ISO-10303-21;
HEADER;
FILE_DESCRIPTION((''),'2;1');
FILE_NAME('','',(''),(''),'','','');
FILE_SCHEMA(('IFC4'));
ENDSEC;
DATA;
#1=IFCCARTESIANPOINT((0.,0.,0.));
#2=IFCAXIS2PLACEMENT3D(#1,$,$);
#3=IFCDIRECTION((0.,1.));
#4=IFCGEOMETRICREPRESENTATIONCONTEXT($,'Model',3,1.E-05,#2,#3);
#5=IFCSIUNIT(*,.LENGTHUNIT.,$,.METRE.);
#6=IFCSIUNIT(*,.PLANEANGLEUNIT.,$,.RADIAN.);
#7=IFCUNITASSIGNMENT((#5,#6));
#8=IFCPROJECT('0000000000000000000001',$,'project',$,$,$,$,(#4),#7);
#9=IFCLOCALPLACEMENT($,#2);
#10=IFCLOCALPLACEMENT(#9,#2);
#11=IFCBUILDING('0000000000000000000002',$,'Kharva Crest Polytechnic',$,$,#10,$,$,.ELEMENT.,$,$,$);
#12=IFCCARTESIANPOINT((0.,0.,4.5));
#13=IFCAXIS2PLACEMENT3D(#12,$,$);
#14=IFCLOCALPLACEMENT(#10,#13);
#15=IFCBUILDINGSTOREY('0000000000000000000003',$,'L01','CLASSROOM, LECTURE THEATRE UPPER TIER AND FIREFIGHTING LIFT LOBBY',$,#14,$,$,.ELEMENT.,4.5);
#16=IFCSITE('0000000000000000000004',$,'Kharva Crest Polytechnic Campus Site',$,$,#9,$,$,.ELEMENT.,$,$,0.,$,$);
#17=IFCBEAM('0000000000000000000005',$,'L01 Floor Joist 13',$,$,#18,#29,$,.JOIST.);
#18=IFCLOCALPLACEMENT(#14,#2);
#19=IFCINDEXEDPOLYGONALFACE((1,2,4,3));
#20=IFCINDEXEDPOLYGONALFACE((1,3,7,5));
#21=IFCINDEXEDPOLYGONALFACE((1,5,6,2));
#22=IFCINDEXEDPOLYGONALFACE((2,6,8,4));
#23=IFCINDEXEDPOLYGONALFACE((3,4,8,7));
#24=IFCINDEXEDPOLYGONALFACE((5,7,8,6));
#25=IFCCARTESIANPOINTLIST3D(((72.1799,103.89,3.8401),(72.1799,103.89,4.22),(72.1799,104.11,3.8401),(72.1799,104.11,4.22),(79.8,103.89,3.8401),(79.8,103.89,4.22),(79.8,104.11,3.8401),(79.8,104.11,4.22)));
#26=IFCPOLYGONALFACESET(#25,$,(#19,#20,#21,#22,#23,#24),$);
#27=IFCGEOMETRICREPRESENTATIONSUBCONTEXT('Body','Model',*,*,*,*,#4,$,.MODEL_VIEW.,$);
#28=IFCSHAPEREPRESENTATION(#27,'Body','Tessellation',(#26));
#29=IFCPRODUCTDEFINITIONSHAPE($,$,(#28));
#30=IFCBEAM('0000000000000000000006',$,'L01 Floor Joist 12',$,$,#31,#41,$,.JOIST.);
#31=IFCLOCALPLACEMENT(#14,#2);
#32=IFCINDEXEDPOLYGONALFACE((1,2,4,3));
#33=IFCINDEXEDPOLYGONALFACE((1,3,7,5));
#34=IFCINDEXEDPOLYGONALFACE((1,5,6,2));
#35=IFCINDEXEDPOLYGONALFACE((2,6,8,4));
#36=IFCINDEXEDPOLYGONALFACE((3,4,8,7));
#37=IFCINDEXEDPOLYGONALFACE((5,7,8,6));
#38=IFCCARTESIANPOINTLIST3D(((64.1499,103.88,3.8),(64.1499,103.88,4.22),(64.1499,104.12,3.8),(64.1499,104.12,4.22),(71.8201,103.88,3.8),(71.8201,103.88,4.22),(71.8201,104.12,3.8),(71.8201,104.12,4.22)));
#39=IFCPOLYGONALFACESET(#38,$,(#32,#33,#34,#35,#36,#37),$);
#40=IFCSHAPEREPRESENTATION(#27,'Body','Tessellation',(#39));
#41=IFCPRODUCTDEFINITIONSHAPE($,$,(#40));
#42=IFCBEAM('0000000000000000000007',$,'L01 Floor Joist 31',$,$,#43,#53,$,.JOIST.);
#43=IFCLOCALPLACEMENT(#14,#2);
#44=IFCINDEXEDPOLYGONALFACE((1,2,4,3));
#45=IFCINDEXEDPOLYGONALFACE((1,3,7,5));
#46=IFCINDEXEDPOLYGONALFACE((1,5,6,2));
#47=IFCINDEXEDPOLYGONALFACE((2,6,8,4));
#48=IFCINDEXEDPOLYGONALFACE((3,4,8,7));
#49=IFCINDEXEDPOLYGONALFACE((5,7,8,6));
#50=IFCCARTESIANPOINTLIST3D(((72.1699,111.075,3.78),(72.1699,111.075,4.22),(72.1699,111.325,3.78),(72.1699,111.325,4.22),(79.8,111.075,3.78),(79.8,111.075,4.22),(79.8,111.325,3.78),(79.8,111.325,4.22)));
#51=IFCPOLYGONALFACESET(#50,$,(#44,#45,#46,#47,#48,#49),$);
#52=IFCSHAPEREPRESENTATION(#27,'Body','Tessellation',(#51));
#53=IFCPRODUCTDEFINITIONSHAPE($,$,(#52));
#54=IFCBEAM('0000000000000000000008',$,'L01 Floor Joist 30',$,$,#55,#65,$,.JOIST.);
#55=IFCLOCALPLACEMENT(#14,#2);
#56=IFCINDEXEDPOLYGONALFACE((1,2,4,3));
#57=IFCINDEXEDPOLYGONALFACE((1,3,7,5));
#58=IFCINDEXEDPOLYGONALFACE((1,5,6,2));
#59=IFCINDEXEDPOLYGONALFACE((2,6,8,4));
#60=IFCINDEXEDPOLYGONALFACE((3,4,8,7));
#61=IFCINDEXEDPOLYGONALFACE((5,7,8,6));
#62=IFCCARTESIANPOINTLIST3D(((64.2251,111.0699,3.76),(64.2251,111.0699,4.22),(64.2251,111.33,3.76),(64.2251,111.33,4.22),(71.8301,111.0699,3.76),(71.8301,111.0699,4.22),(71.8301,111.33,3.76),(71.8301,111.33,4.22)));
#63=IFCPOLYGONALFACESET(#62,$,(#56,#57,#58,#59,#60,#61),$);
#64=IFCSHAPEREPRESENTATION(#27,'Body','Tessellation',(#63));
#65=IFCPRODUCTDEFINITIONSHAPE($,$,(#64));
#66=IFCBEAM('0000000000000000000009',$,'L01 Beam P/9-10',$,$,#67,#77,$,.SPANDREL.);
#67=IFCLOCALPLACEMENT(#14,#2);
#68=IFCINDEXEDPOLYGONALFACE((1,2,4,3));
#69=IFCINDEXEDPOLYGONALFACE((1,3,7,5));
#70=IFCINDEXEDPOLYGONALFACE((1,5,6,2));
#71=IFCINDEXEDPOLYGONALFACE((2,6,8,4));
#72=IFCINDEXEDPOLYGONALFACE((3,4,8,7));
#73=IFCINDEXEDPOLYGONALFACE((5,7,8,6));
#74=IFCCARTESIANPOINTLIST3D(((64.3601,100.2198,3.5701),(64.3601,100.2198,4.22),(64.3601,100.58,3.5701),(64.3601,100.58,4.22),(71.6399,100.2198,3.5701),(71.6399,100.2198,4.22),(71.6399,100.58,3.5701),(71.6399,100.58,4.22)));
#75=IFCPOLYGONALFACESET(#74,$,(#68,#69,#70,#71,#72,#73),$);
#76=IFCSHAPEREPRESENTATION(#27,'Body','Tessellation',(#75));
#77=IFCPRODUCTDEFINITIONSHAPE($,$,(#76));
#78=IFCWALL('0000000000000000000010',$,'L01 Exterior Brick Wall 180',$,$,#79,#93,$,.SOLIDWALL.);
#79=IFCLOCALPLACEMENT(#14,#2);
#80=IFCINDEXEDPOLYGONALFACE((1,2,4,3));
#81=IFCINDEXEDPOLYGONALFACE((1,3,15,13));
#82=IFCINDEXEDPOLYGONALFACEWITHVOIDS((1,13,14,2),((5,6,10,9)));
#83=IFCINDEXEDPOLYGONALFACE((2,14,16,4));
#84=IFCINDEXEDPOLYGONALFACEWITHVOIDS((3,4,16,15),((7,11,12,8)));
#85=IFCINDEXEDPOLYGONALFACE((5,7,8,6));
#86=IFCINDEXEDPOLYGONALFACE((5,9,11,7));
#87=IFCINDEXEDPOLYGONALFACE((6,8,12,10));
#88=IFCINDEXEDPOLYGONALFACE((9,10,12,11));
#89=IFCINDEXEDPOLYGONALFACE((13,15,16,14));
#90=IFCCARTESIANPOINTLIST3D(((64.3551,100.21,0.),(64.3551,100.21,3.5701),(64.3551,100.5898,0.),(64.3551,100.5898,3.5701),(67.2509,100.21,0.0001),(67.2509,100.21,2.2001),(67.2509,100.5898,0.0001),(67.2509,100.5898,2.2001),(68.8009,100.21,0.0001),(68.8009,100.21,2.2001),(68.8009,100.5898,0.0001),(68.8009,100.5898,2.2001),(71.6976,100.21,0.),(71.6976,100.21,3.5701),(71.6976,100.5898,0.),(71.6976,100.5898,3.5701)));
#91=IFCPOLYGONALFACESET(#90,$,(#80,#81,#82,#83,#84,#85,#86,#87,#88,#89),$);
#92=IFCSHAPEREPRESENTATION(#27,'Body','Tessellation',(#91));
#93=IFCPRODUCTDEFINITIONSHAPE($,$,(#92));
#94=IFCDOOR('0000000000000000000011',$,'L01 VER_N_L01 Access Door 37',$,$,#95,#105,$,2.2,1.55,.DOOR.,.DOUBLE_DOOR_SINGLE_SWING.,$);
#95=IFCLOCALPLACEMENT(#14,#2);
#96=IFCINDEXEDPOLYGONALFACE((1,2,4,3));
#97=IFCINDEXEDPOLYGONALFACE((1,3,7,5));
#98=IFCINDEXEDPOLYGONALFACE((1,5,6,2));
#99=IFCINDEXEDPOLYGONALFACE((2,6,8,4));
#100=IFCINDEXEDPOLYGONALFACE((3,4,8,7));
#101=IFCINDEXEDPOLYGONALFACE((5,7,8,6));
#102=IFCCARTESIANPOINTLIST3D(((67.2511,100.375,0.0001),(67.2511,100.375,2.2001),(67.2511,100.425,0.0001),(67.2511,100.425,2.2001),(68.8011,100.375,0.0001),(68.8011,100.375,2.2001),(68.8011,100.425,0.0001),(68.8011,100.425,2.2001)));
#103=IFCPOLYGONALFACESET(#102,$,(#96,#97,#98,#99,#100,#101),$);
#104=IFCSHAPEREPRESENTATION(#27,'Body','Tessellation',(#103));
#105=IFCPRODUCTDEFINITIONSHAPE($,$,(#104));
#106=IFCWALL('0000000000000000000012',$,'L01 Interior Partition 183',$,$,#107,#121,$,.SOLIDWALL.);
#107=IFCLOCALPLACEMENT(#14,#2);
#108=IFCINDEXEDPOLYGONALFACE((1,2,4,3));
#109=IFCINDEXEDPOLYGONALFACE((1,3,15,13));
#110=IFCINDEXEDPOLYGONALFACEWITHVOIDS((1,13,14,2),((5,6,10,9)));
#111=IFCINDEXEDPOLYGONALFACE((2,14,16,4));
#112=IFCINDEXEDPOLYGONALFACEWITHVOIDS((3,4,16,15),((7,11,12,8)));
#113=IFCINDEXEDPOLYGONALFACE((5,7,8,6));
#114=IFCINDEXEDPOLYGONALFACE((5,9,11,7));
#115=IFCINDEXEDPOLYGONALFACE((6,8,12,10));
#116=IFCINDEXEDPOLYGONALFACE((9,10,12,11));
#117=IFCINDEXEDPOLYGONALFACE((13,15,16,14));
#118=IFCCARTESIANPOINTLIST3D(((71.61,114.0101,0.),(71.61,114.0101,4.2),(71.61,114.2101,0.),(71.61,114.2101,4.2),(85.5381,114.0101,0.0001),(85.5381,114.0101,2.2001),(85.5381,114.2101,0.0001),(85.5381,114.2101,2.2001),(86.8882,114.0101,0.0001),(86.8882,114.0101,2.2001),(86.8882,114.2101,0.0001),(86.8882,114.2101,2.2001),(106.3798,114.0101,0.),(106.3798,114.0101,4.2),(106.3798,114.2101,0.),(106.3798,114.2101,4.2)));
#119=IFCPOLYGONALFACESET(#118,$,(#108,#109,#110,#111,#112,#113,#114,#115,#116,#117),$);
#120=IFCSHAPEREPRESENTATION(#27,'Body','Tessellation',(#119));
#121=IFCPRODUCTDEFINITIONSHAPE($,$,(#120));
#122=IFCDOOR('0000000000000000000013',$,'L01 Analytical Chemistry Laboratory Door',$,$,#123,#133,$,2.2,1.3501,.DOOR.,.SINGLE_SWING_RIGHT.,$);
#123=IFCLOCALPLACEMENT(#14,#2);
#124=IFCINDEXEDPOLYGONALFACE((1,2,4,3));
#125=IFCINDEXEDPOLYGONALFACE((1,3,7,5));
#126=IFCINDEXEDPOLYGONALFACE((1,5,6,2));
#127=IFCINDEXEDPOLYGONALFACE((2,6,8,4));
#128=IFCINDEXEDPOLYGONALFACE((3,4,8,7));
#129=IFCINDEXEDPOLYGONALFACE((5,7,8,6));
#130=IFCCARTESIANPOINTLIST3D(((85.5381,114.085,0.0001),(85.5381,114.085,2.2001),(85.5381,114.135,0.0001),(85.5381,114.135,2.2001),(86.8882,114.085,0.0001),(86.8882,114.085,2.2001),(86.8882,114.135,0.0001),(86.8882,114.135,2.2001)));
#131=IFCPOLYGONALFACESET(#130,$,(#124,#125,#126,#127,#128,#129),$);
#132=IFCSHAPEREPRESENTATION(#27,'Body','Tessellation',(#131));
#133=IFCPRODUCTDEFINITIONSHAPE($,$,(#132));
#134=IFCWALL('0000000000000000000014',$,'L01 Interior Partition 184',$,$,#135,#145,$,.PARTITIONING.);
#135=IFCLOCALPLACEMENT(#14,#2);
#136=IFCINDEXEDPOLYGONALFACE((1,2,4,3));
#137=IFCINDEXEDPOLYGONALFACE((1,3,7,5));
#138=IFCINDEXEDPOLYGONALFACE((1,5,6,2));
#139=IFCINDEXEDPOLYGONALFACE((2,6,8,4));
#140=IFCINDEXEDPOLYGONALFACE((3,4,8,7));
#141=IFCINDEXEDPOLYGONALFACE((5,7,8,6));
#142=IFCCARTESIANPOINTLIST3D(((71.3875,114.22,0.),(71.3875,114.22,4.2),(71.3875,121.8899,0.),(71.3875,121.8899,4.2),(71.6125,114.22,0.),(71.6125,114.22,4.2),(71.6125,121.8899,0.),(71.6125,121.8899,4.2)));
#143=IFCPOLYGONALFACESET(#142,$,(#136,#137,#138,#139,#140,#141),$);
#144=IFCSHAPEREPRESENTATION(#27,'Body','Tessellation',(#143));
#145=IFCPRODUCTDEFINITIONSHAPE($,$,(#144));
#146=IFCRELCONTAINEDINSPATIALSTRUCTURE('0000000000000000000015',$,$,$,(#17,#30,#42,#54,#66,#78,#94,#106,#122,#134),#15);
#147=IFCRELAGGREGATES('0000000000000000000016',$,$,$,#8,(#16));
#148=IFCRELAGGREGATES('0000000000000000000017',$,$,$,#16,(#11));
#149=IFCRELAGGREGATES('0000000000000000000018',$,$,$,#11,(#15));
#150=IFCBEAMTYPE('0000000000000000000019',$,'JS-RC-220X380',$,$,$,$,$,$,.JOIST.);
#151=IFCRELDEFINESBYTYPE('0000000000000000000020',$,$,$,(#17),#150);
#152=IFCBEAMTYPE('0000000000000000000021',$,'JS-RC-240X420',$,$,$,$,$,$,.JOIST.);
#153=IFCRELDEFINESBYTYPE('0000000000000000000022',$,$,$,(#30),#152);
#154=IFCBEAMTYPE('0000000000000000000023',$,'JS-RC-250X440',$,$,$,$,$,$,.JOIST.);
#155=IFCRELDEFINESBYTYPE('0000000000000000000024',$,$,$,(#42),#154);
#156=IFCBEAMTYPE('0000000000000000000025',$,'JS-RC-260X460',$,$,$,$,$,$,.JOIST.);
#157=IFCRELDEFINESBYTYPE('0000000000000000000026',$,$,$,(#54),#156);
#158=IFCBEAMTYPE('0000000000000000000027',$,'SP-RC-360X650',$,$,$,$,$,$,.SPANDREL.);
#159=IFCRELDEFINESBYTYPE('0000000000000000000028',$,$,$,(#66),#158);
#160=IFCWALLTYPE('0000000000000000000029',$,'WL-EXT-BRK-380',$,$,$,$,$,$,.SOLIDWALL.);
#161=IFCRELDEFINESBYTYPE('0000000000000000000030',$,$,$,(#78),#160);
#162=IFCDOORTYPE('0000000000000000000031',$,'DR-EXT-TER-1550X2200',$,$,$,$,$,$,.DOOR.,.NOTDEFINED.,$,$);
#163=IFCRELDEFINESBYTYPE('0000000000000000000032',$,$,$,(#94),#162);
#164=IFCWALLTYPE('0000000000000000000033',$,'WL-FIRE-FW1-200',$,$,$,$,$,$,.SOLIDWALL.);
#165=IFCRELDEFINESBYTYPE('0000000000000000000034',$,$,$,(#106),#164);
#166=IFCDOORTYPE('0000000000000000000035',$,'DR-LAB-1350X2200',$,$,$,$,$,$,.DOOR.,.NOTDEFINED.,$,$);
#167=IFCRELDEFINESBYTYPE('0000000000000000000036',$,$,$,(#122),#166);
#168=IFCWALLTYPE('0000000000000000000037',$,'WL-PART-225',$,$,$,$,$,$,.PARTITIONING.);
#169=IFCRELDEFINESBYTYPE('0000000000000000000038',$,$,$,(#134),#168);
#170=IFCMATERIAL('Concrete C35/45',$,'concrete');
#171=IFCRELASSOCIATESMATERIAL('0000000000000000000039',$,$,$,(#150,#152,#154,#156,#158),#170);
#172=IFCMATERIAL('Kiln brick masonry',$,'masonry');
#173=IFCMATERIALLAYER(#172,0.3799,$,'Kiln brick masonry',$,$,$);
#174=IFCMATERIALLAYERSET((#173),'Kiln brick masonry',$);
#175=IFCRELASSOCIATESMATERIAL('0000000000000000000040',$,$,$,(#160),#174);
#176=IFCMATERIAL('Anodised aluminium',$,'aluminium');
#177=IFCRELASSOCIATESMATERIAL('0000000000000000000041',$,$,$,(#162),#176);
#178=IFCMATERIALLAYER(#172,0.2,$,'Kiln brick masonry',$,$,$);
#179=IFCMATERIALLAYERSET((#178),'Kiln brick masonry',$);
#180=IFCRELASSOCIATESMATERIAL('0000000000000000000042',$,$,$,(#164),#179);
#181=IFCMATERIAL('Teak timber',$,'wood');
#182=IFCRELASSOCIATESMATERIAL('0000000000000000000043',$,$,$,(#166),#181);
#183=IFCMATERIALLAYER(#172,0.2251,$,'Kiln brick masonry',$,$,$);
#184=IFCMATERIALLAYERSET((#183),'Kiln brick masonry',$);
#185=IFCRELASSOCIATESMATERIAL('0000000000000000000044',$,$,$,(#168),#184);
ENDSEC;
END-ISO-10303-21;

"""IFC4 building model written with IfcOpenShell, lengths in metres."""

from ifc_helpers import new_model, si_unit, direction, frame, frame_2d, origin, origin_2d, place, context, subcontext, project, spatial, rectangle, extrude, material, layer, layer_set, material_profile, profile_set, type_object, element, fill, save


model = new_model("IFC4")

# Units and contexts
model_context = context("Model", 3, precision=1e-05, world=origin(), true_north=direction((0.0, 1.0)))
body_context = subcontext(model_context, "Body", "Model", "MODEL_VIEW")
ifc_project = project(units=[si_unit("LENGTHUNIT", "METRE"), si_unit("PLANEANGLEUNIT", "RADIAN")], contexts=[model_context])

# Site, building, storey
site_placement = place(None, origin())
site = spatial("IfcSite", under=ifc_project, at=site_placement, Name="Kharva Crest Polytechnic Campus Site", CompositionType="ELEMENT", RefElevation=0.0)
building_placement = place(site_placement, origin())
building = spatial("IfcBuilding", under=site, at=building_placement, Name="Kharva Crest Polytechnic", CompositionType="ELEMENT")
storey_placement = place(building_placement, frame((0.0, 0.0, 4.5)))
storey = spatial("IfcBuildingStorey", under=building, at=storey_placement, Name="L01", Description="CLASSROOM, LECTURE THEATRE UPPER TIER AND FIREFIGHTING LIFT LOBBY", CompositionType="ELEMENT", Elevation=4.5)

# Beams
ifc_material_1 = material(Name="Concrete C35/45", Category="concrete")
ifc_material_profile_1 = material_profile(ifc_material_1, rectangle(XDim=0.22, YDim=0.3799, at=origin_2d()), Name="RECT 220 X 380")
ifc_profile_set_1 = profile_set([ifc_material_profile_1], Name="Concrete C35/45")
beam_type_1 = type_object("IfcBeamType", Name="JS-RC-220X380", PredefinedType="JOIST", material=ifc_profile_set_1)
beam_1_placement = place(storey_placement, frame((72.1799, 104.0, 4.03), z_axis=(1.0, 0.0, 0.0), x_axis=(0.0, 1.0, 0.0)))
element("IfcBeam", 1, at=beam_1_placement, inside=storey, type_object=beam_type_1, Name="L01 Floor Joist 13", PredefinedType="JOIST", context=body_context, shape_type="SweptSolid", body=[
    extrude(rectangle(XDim=0.22, YDim=0.3799, at=origin_2d()), origin(), (0.0, 0.0, 1.0), 7.6201),
])
ifc_material_profile_2 = material_profile(ifc_material_1, rectangle(XDim=0.24, YDim=0.4199, at=origin_2d()), Name="RECT 240 X 420")
ifc_profile_set_2 = profile_set([ifc_material_profile_2], Name="Concrete C35/45")
beam_type_2 = type_object("IfcBeamType", Name="JS-RC-240X420", PredefinedType="JOIST", material=ifc_profile_set_2)
beam_2_placement = place(storey_placement, frame((64.1499, 104.0, 4.01), z_axis=(1.0, 0.0, 0.0), x_axis=(0.0, 1.0, 0.0)))
element("IfcBeam", 2, at=beam_2_placement, inside=storey, type_object=beam_type_2, Name="L01 Floor Joist 12", PredefinedType="JOIST", context=body_context, shape_type="SweptSolid", body=[
    extrude(rectangle(XDim=0.24, YDim=0.4199, at=origin_2d()), origin(), (0.0, 0.0, 1.0), 7.6702),
])
ifc_material_profile_3 = material_profile(ifc_material_1, rectangle(XDim=0.25, YDim=0.4399, at=origin_2d()), Name="RECT 250 X 440")
ifc_profile_set_3 = profile_set([ifc_material_profile_3], Name="Concrete C35/45")
beam_type_3 = type_object("IfcBeamType", Name="JS-RC-250X440", PredefinedType="JOIST", material=ifc_profile_set_3)
beam_3_placement = place(storey_placement, frame((72.1699, 111.2, 4.0), z_axis=(1.0, 0.0, 0.0), x_axis=(0.0, 1.0, 0.0)))
element("IfcBeam", 3, at=beam_3_placement, inside=storey, type_object=beam_type_3, Name="L01 Floor Joist 31", PredefinedType="JOIST", context=body_context, shape_type="SweptSolid", body=[
    extrude(rectangle(XDim=0.25, YDim=0.4399, at=origin_2d()), origin(), (0.0, 0.0, 1.0), 7.6301),
])
ifc_material_profile_4 = material_profile(ifc_material_1, rectangle(XDim=0.26, YDim=0.46, at=origin_2d()), Name="RECT 260 X 460")
ifc_profile_set_4 = profile_set([ifc_material_profile_4], Name="Concrete C35/45")
beam_type_4 = type_object("IfcBeamType", Name="JS-RC-260X460", PredefinedType="JOIST", material=ifc_profile_set_4)
beam_4_placement = place(storey_placement, frame((64.2251, 111.2, 3.99), z_axis=(1.0, 0.0, 0.0), x_axis=(0.0, 1.0, 0.0)))
element("IfcBeam", 4, at=beam_4_placement, inside=storey, type_object=beam_type_4, Name="L01 Floor Joist 30", PredefinedType="JOIST", context=body_context, shape_type="SweptSolid", body=[
    extrude(rectangle(XDim=0.26, YDim=0.46, at=origin_2d()), origin(), (0.0, 0.0, 1.0), 7.605),
])
ifc_material_profile_5 = material_profile(ifc_material_1, rectangle(XDim=0.3601, YDim=0.6499, at=origin_2d()), Name="RECT 360 X 650")
ifc_profile_set_5 = profile_set([ifc_material_profile_5], Name="Concrete C35/45")
beam_type_5 = type_object("IfcBeamType", Name="SP-RC-360X650", PredefinedType="SPANDREL", material=ifc_profile_set_5)
beam_5_placement = place(storey_placement, frame((64.3601, 100.3999, 3.895), z_axis=(1.0, 0.0, 0.0), x_axis=(0.0, 1.0, 0.0)))
element("IfcBeam", 5, at=beam_5_placement, inside=storey, type_object=beam_type_5, Name="L01 Beam P/9-10", PredefinedType="SPANDREL", context=body_context, shape_type="SweptSolid", body=[
    extrude(rectangle(XDim=0.3601, YDim=0.6499, at=origin_2d()), origin(), (0.0, 0.0, 1.0), 7.2798),
])

# Walls, openings, doors
ifc_material_2 = material(Name="Kiln brick masonry", Category="masonry")
ifc_layer_1 = layer(ifc_material_2, 0.3799, Name="Kiln brick masonry")
ifc_layer_set_1 = layer_set([ifc_layer_1], Name="Kiln brick masonry")
wall_type_1 = type_object("IfcWallType", Name="WL-EXT-BRK-380", PredefinedType="SOLIDWALL", material=ifc_layer_set_1)
wall_1_placement = place(storey_placement, frame((64.355, 100.3999, 0.0), z_axis=(0.0, 0.0, 1.0), x_axis=(1.0, 0.0, 0.0)))
wall_1 = element("IfcWall", 6, at=wall_1_placement, inside=storey, type_object=wall_type_1, Name="L01 Exterior Brick Wall 180", PredefinedType="SOLIDWALL", context=body_context, shape_type="SweptSolid", body=[
    extrude(rectangle(XDim=7.3425, YDim=0.3799, at=frame_2d((3.6714, 0.0))), origin(), (0.0, 0.0, 1.0), 3.5701),
])
opening_1_placement = place(wall_1_placement, frame((2.896, 0.0, 0.0)))
opening_1 = element("IfcOpeningElement", 7, at=opening_1_placement, cuts=wall_1, PredefinedType="OPENING", context=body_context, shape_type="SweptSolid", body=[
    extrude(rectangle(XDim=1.55, YDim=2.2, at=frame_2d((0.7749, 1.1001))), frame((0.0, 0.2, 0.0), z_axis=(0.0, -1.0, 0.0), x_axis=(1.0, 0.0, 0.0)), (0.0, 0.0, 1.0), 0.3999),
])
ifc_material_3 = material(Name="Anodised aluminium", Category="aluminium")
door_type_1 = type_object("IfcDoorType", Name="DR-EXT-TER-1550X2200", OperationType="NOTDEFINED", PredefinedType="DOOR", material=ifc_material_3)
door_1_placement = place(opening_1_placement, frame((1.55, 0.0, 0.0), z_axis=(0.0, 0.0, 1.0), x_axis=(-1.0, 0.0, 0.0)))
door_1 = element("IfcDoor", 8, at=door_1_placement, inside=storey, type_object=door_type_1, Name="L01 VER_N_L01 Access Door 37", OperationType="DOUBLE_DOOR_SINGLE_SWING", OverallHeight=2.2, OverallWidth=1.55, PredefinedType="DOOR", context=body_context, shape_type="SweptSolid", body=[
    extrude(rectangle(XDim=1.55, YDim=2.2, at=frame_2d((0.7749, 1.1001))), frame((0.0, 0.0249, 0.0), z_axis=(0.0, -1.0, 0.0), x_axis=(1.0, 0.0, 0.0)), (0.0, 0.0, 1.0), 0.05),
])
fill(opening_1, door_1)
ifc_layer_2 = layer(ifc_material_2, 0.2, Name="Kiln brick masonry")
ifc_layer_set_2 = layer_set([ifc_layer_2], Name="Kiln brick masonry")
wall_type_2 = type_object("IfcWallType", Name="WL-FIRE-FW1-200", PredefinedType="SOLIDWALL", material=ifc_layer_set_2)
wall_2_placement = place(storey_placement, frame((71.6101, 114.1101, 0.0), z_axis=(0.0, 0.0, 1.0), x_axis=(1.0, 0.0, 0.0)))
wall_2 = element("IfcWall", 9, at=wall_2_placement, inside=storey, type_object=wall_type_2, Name="L01 Interior Partition 183", PredefinedType="SOLIDWALL", context=body_context, shape_type="SweptSolid", body=[
    extrude(rectangle(XDim=34.7698, YDim=0.2, at=frame_2d((17.3848, 0.0))), origin(), (0.0, 0.0, 1.0), 4.2),
])
opening_2_placement = place(wall_2_placement, frame((13.928, 0.0, 0.0)))
opening_2 = element("IfcOpeningElement", 10, at=opening_2_placement, cuts=wall_2, PredefinedType="OPENING", context=body_context, shape_type="SweptSolid", body=[
    extrude(rectangle(XDim=1.3501, YDim=2.2, at=frame_2d((0.675, 1.1001))), frame((0.0, 0.1099, 0.0), z_axis=(0.0, -1.0, 0.0), x_axis=(1.0, 0.0, 0.0)), (0.0, 0.0, 1.0), 0.22),
])
ifc_material_4 = material(Name="Teak timber", Category="wood")
door_type_2 = type_object("IfcDoorType", Name="DR-LAB-1350X2200", OperationType="NOTDEFINED", PredefinedType="DOOR", material=ifc_material_4)
door_2_placement = place(opening_2_placement, origin())
door_2 = element("IfcDoor", 11, at=door_2_placement, inside=storey, type_object=door_type_2, Name="L01 Analytical Chemistry Laboratory Door", OperationType="SINGLE_SWING_RIGHT", OverallHeight=2.2, OverallWidth=1.3501, PredefinedType="DOOR", context=body_context, shape_type="SweptSolid", body=[
    extrude(rectangle(XDim=1.3501, YDim=2.2, at=frame_2d((0.675, 1.1001))), frame((0.0, 0.0249, 0.0), z_axis=(0.0, -1.0, 0.0), x_axis=(1.0, 0.0, 0.0)), (0.0, 0.0, 1.0), 0.05),
])
fill(opening_2, door_2)

# Wall
ifc_layer_3 = layer(ifc_material_2, 0.2251, Name="Kiln brick masonry")
ifc_layer_set_3 = layer_set([ifc_layer_3], Name="Kiln brick masonry")
wall_type_3 = type_object("IfcWallType", Name="WL-PART-225", PredefinedType="PARTITIONING", material=ifc_layer_set_3)
wall_3_placement = place(storey_placement, frame((71.5, 114.22, 0.0), z_axis=(0.0, 0.0, 1.0), x_axis=(0.0, 1.0, 0.0)))
element("IfcWall", 12, at=wall_3_placement, inside=storey, type_object=wall_type_3, Name="L01 Interior Partition 184", PredefinedType="PARTITIONING", context=body_context, shape_type="SweptSolid", body=[
    extrude(rectangle(XDim=7.6699, YDim=0.2251, at=frame_2d((3.835, 0.0))), origin(), (0.0, 0.0, 1.0), 4.2),
])

save(model, "model.ifc")
